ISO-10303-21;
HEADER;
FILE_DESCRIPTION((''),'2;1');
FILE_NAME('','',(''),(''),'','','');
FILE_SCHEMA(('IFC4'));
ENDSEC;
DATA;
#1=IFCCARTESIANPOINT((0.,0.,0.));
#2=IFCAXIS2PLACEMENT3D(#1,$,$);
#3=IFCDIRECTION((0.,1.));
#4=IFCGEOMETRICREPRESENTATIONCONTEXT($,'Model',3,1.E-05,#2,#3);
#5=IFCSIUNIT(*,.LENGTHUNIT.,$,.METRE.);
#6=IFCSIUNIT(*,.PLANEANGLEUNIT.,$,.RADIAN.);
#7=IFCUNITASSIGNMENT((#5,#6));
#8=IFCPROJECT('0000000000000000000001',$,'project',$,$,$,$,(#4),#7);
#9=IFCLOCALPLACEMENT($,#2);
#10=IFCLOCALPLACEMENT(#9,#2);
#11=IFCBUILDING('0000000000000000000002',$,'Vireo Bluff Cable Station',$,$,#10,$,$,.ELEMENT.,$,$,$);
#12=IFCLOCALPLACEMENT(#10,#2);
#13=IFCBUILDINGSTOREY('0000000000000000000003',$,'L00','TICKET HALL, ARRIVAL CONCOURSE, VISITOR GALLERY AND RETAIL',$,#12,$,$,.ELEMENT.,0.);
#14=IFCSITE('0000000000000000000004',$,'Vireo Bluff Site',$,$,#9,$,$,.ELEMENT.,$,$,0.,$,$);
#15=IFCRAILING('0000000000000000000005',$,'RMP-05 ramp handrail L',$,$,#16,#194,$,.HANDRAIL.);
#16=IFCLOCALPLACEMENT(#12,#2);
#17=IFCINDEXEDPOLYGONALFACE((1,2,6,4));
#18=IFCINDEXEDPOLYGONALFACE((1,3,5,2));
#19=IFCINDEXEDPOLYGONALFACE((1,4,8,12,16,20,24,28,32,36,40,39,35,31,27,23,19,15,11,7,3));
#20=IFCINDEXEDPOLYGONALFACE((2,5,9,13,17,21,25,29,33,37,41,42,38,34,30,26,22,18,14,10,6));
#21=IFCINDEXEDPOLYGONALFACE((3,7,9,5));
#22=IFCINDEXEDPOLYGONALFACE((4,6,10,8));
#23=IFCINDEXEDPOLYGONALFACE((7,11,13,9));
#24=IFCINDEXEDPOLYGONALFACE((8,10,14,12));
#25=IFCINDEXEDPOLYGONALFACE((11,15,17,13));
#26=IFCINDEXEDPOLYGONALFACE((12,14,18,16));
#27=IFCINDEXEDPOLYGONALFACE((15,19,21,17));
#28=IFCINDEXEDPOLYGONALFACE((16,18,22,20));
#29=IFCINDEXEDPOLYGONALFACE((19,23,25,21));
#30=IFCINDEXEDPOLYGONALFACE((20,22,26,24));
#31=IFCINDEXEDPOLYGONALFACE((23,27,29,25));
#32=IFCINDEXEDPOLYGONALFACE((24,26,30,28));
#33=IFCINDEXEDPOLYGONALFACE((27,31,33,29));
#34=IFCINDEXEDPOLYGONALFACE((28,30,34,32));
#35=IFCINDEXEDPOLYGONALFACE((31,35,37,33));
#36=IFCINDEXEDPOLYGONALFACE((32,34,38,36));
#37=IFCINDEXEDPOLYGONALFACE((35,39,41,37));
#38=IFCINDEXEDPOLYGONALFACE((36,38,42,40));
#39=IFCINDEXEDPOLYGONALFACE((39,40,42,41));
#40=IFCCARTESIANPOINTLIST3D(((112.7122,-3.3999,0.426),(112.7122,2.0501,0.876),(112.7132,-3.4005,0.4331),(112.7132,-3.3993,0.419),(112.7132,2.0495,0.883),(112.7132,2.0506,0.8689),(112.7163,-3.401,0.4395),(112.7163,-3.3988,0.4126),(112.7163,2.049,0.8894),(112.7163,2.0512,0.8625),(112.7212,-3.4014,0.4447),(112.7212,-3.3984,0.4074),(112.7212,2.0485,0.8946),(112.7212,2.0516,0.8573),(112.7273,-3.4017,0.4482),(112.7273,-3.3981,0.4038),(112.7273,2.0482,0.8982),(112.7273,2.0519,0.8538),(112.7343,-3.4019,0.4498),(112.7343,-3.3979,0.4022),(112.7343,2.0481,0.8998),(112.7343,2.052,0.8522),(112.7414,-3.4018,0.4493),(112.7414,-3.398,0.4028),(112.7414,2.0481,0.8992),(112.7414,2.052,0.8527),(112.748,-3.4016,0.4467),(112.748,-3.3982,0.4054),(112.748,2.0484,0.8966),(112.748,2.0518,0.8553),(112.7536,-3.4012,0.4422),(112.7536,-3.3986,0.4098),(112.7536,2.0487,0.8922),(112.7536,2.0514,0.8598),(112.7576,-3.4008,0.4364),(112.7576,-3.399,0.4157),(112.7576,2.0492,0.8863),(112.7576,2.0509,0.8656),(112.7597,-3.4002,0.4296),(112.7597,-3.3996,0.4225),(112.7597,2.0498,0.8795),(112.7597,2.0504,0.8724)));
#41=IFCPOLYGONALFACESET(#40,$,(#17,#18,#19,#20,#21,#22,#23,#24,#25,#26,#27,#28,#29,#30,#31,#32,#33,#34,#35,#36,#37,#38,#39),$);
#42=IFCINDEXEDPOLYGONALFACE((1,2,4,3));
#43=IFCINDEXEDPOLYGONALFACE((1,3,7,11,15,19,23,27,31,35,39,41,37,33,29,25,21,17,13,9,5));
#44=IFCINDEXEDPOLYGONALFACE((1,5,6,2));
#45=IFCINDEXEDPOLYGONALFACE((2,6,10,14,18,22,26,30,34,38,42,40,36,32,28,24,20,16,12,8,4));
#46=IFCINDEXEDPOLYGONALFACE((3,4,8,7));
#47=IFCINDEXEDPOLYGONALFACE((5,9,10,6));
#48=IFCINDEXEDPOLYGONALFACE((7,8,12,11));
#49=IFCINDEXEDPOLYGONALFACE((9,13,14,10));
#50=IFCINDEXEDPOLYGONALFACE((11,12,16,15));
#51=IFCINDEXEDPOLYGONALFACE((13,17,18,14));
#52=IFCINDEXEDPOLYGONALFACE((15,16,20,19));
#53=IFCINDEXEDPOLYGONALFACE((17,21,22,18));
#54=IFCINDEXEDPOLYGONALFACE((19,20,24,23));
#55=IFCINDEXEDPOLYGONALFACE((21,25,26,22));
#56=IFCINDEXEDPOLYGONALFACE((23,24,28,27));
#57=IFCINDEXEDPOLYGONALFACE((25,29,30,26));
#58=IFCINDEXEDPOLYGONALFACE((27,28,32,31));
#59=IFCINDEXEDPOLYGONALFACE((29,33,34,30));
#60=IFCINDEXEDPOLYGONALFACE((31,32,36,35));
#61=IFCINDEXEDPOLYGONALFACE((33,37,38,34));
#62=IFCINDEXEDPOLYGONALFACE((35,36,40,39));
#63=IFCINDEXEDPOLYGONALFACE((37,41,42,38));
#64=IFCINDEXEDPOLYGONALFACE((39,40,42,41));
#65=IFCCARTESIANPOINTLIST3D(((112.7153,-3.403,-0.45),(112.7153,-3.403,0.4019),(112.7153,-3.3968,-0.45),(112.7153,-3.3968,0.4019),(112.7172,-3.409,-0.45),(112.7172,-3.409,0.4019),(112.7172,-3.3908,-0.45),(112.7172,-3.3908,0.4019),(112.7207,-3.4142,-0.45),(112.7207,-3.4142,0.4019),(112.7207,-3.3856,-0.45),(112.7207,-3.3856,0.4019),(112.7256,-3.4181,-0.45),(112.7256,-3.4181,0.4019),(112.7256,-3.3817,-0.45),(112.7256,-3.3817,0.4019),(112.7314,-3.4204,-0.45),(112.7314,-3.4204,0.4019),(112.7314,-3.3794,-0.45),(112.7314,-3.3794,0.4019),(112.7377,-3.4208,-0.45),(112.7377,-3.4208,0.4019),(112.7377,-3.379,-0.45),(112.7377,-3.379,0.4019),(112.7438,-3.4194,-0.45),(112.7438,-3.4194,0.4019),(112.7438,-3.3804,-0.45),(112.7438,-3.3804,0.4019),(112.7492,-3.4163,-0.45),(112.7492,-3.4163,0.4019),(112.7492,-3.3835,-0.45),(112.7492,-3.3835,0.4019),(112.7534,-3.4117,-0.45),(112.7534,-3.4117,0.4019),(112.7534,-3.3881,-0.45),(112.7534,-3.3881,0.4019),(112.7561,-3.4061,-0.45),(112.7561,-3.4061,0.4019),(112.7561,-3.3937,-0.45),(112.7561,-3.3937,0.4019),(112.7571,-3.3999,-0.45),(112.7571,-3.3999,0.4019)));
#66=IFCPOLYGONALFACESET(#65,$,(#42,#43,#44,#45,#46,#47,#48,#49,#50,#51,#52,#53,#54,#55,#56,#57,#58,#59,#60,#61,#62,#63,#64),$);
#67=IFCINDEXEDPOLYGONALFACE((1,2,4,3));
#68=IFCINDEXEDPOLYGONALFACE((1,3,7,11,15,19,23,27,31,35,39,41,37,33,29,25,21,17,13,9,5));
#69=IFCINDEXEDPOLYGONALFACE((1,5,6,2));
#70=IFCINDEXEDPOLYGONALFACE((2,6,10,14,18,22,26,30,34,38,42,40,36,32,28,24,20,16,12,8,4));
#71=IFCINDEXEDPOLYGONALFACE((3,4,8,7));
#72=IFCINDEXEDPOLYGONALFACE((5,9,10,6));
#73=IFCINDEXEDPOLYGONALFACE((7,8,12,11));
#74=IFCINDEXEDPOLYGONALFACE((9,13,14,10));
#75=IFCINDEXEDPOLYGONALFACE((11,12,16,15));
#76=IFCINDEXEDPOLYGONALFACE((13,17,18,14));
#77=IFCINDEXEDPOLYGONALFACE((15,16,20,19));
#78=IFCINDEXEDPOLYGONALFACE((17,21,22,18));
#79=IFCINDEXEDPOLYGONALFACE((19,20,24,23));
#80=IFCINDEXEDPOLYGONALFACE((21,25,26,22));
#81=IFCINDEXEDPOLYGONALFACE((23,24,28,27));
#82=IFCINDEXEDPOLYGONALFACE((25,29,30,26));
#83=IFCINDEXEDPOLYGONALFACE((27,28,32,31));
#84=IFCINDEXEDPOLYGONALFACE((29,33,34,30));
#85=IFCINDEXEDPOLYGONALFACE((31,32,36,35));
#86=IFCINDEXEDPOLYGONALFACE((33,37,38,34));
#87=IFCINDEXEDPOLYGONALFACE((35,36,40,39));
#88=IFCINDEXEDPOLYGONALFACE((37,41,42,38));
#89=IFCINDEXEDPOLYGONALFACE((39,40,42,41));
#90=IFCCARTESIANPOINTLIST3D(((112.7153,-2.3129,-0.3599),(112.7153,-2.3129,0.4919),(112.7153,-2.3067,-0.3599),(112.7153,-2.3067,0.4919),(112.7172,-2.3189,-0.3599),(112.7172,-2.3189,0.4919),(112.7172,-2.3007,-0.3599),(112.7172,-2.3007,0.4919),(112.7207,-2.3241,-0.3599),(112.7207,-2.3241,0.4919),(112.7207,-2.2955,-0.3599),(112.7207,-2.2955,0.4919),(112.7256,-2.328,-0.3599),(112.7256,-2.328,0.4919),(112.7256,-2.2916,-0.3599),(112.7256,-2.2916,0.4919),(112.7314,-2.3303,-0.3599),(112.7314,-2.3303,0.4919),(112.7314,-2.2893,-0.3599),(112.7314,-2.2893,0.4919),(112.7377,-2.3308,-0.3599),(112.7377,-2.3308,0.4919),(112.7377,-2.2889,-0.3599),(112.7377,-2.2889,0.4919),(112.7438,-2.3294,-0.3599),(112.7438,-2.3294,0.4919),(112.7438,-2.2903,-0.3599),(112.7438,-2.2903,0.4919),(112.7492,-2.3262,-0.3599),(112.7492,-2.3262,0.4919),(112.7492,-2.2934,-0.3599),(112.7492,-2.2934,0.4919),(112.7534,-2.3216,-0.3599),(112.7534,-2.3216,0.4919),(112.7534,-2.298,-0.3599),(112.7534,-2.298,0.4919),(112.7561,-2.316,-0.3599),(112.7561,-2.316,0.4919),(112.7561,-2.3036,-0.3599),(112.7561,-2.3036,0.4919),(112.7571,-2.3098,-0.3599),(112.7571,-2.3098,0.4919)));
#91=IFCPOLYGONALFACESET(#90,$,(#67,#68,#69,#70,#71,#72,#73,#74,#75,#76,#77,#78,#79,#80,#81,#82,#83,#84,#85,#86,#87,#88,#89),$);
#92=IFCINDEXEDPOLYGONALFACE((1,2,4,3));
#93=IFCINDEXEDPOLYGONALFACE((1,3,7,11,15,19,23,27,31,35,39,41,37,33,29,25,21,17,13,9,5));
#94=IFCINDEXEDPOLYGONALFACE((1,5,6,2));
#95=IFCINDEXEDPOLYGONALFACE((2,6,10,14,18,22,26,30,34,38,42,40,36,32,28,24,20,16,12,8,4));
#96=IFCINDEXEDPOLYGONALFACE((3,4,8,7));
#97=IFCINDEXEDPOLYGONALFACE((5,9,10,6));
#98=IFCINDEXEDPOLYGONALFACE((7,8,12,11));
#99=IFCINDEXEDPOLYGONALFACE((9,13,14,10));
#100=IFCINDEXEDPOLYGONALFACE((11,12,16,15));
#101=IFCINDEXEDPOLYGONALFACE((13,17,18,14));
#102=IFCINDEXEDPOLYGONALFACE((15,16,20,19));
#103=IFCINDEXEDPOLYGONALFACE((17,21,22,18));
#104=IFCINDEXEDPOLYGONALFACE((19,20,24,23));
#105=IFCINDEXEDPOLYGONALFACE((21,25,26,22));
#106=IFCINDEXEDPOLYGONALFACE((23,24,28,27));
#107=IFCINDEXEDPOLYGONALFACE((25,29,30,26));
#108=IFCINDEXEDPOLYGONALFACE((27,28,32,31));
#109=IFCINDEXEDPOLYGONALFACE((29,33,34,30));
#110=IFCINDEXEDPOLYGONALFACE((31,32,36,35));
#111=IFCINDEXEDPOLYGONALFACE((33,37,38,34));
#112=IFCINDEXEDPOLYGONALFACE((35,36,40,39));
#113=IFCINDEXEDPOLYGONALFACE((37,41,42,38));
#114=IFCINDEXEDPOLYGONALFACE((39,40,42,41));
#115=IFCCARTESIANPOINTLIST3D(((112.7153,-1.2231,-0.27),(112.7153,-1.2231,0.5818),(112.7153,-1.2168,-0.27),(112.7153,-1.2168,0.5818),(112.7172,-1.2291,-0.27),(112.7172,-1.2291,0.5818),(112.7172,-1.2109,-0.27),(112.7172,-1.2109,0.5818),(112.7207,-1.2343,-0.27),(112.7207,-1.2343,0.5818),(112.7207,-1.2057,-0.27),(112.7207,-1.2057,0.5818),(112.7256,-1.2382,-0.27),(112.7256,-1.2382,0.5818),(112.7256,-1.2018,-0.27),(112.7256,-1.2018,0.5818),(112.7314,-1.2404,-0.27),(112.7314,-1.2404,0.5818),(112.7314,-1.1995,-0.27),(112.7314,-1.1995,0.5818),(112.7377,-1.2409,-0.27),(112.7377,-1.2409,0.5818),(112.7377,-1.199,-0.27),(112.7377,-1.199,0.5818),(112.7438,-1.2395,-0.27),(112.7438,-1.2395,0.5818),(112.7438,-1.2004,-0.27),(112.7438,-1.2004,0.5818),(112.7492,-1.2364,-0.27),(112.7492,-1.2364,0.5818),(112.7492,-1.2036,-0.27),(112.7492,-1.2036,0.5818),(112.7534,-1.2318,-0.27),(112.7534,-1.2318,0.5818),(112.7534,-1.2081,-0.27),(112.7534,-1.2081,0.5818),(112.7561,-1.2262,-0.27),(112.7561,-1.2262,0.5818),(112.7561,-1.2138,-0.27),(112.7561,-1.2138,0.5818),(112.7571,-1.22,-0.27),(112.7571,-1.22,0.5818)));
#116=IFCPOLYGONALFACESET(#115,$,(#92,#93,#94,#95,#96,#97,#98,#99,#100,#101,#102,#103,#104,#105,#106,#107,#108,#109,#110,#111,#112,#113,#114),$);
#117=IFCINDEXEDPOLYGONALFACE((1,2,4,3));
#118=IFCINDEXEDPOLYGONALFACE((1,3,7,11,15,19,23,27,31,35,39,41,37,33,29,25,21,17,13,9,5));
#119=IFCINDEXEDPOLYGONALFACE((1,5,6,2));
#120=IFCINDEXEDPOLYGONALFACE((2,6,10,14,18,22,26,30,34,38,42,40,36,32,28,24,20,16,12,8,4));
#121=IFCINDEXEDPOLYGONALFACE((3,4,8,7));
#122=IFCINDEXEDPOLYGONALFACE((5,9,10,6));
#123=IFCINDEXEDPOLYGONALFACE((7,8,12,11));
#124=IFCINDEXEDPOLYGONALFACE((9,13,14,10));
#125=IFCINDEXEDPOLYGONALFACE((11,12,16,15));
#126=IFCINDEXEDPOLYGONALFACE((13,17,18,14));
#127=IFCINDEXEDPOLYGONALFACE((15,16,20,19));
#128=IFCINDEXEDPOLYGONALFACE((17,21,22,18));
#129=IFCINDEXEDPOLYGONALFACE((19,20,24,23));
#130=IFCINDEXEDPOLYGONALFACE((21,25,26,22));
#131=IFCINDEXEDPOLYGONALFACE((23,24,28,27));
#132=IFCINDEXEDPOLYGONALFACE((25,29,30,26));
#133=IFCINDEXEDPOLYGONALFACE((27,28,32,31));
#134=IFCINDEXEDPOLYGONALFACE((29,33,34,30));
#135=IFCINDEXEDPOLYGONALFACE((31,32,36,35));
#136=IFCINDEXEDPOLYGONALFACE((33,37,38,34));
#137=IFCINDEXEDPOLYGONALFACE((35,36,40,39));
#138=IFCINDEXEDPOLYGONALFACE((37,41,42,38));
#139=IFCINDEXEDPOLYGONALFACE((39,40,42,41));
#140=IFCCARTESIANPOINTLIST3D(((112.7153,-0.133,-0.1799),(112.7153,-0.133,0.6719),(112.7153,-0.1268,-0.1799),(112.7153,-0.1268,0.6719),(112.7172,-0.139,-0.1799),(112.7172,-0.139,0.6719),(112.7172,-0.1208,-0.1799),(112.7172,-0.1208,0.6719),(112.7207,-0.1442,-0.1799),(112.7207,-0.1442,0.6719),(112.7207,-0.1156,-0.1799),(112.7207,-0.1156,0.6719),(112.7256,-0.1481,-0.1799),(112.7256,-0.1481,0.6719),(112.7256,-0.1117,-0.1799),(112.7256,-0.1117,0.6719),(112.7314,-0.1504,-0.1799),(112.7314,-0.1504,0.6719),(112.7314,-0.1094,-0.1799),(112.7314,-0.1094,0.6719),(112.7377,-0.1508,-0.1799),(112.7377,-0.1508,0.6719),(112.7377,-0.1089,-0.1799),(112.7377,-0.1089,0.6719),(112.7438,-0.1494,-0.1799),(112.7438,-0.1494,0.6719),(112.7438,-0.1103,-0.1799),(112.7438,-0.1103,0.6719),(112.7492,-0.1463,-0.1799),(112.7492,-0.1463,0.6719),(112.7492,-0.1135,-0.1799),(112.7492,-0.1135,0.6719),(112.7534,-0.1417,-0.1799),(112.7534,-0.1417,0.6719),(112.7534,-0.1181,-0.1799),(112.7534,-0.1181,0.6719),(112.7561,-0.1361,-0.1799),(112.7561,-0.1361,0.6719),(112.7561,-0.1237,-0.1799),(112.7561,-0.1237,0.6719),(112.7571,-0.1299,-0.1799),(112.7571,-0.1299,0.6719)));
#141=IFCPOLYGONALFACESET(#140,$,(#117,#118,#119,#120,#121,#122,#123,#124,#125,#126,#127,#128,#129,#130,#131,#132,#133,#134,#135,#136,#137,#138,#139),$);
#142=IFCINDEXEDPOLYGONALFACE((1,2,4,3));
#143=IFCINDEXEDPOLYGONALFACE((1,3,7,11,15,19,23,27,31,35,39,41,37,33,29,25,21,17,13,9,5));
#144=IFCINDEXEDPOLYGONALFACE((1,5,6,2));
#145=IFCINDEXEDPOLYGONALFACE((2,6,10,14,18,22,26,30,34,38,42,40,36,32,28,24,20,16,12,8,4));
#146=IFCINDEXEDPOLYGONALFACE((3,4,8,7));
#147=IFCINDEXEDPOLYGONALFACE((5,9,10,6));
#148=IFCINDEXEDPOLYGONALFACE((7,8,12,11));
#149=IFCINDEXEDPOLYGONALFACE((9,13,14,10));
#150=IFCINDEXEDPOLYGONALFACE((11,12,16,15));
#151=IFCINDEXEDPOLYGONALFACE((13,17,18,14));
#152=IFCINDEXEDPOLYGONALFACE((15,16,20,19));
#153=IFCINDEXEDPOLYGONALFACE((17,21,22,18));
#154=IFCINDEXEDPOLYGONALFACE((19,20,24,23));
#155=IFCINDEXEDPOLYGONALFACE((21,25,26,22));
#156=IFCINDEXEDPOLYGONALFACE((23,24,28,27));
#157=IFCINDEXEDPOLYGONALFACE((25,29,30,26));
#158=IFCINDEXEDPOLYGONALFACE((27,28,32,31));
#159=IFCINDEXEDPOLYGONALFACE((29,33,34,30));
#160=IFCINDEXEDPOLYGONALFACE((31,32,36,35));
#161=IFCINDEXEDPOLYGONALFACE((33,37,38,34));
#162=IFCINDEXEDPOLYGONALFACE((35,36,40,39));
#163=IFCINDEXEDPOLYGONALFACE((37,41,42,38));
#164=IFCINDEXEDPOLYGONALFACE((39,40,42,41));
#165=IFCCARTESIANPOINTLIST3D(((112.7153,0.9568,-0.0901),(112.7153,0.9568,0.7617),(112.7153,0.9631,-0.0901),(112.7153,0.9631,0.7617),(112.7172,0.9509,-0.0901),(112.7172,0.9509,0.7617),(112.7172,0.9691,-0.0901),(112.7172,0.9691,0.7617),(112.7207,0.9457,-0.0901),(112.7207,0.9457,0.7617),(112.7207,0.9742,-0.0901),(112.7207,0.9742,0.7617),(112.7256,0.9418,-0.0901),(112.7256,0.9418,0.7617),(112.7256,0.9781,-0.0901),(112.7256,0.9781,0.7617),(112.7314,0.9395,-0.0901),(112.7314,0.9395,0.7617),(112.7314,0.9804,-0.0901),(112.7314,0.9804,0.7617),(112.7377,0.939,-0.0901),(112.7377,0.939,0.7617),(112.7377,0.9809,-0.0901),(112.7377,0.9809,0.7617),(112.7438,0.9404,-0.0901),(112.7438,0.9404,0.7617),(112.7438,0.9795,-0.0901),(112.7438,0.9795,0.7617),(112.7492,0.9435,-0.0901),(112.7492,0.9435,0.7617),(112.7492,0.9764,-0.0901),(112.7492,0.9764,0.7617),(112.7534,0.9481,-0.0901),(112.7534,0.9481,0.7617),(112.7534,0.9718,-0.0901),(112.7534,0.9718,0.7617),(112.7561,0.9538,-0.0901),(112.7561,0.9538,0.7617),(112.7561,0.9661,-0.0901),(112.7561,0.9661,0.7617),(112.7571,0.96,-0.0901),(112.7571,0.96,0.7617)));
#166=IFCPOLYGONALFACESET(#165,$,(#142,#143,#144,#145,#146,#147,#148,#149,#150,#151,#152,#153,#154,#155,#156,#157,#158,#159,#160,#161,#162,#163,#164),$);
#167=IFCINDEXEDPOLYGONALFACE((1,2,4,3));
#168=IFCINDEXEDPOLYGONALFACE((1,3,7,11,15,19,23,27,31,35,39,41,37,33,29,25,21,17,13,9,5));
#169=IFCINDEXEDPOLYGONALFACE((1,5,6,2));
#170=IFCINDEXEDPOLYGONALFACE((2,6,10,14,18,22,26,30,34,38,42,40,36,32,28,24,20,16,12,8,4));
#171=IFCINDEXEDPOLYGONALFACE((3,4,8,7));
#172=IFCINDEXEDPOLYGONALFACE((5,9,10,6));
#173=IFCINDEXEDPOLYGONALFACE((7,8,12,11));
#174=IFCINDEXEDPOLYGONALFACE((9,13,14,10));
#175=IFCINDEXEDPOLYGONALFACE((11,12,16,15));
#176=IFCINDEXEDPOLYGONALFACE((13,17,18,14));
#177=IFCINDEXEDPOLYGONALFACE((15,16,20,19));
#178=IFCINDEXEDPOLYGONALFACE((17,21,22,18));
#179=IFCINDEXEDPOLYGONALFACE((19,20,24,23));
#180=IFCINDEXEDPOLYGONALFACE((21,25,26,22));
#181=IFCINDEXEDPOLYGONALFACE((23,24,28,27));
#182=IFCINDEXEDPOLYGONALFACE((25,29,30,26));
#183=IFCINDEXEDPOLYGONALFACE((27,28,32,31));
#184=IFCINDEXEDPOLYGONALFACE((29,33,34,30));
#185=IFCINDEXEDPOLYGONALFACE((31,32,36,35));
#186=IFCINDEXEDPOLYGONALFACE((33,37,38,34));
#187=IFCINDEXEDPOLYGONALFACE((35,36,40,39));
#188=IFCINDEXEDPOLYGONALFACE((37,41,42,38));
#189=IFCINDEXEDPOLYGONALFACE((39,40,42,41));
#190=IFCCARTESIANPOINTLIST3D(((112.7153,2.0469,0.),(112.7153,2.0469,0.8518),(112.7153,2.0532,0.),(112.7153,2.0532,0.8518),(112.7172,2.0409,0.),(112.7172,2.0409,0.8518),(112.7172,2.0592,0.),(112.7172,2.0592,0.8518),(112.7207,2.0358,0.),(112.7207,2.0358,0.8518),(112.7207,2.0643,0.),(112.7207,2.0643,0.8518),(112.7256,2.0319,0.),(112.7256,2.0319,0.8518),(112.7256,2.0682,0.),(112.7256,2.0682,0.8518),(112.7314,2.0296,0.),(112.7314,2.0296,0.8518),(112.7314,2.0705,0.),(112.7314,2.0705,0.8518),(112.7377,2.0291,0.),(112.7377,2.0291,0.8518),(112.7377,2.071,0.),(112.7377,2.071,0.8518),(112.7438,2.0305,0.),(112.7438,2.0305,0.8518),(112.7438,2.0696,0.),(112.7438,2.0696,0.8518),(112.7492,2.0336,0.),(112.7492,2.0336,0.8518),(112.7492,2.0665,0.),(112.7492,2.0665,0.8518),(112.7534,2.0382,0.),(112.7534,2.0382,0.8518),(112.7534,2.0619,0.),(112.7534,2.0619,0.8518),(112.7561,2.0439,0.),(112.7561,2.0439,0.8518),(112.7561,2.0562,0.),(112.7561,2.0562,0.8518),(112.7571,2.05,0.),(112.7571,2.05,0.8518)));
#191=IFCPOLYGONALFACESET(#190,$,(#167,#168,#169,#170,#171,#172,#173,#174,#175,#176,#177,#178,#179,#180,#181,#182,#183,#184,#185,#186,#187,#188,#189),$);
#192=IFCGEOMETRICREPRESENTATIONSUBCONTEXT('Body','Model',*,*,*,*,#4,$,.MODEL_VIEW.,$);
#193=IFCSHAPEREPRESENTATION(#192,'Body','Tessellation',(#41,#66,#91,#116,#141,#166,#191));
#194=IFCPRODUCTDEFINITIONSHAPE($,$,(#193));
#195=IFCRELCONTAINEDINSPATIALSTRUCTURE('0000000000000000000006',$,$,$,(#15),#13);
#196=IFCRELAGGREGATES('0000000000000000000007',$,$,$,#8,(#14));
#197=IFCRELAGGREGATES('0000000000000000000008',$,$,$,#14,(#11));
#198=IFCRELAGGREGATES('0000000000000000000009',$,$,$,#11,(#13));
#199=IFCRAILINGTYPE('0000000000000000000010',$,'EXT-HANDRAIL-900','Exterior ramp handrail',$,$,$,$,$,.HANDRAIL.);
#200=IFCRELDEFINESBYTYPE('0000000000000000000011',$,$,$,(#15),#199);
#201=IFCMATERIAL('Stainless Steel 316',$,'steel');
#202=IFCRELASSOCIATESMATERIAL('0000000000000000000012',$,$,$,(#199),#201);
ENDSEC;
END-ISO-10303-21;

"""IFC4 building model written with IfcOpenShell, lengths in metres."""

from ifc_helpers import new_model, si_unit, direction, frame, origin, origin_2d, place, context, subcontext, project, spatial, circle, extrude, material, type_object, element, save


model = new_model("IFC4")

# Units and contexts
model_context = context("Model", 3, precision=1e-05, world=origin(), true_north=direction((0.0, 1.0)))
body_context = subcontext(model_context, "Body", "Model", "MODEL_VIEW")
ifc_project = project(units=[si_unit("LENGTHUNIT", "METRE"), si_unit("PLANEANGLEUNIT", "RADIAN")], contexts=[model_context])

# Site, building, storey
site_placement = place(None, origin())
site = spatial("IfcSite", under=ifc_project, at=site_placement, Name="Vireo Bluff Site", CompositionType="ELEMENT", RefElevation=0.0)
building_placement = place(site_placement, origin())
building = spatial("IfcBuilding", under=site, at=building_placement, Name="Vireo Bluff Cable Station", CompositionType="ELEMENT")
storey_placement = place(building_placement, origin())
storey = spatial("IfcBuildingStorey", under=building, at=storey_placement, Name="L00", Description="TICKET HALL, ARRIVAL CONCOURSE, VISITOR GALLERY AND RETAIL", CompositionType="ELEMENT", Elevation=0.0)

# Railing
ifc_material_1 = material(Name="Stainless Steel 316", Category="steel")
railing_type = type_object("IfcRailingType", Name="EXT-HANDRAIL-900", Description="Exterior ramp handrail", PredefinedType="HANDRAIL", material=ifc_material_1)
for number, where, name in (
    (1, (112.7361, -3.3999, -0.45), "RMP-05 ramp handrail L"),
):
    element("IfcRailing", number, at=place(storey_placement, frame(where)), inside=storey, type_object=railing_type, Name=name, PredefinedType="HANDRAIL", context=body_context, shape_type="SweptSolid", body=[
        extrude(circle(Radius=0.0239, at=origin_2d()), frame((0.0, 0.0, 0.876), z_axis=(0.0, 0.996609, 0.082281), x_axis=(-1.0, 0.0, 0.0)), (0.0, 0.0, 1.0), 5.4685),
        extrude(circle(Radius=0.021, at=origin_2d()), origin(), (0.0, 0.0, 1.0), 0.8518),
        extrude(circle(Radius=0.021, at=origin_2d()), frame((0.0, 1.0901, 0.0901)), (0.0, 0.0, 1.0), 0.8518),
        extrude(circle(Radius=0.021, at=origin_2d()), frame((0.0, 2.1799, 0.1799)), (0.0, 0.0, 1.0), 0.8518),
        extrude(circle(Radius=0.021, at=origin_2d()), frame((0.0, 3.27, 0.27)), (0.0, 0.0, 1.0), 0.8518),
        extrude(circle(Radius=0.021, at=origin_2d()), frame((0.0, 4.3599, 0.3599)), (0.0, 0.0, 1.0), 0.8518),
        extrude(circle(Radius=0.021, at=origin_2d()), frame((0.0, 5.45, 0.45)), (0.0, 0.0, 1.0), 0.8518),
    ])

save(model, "model.ifc")
